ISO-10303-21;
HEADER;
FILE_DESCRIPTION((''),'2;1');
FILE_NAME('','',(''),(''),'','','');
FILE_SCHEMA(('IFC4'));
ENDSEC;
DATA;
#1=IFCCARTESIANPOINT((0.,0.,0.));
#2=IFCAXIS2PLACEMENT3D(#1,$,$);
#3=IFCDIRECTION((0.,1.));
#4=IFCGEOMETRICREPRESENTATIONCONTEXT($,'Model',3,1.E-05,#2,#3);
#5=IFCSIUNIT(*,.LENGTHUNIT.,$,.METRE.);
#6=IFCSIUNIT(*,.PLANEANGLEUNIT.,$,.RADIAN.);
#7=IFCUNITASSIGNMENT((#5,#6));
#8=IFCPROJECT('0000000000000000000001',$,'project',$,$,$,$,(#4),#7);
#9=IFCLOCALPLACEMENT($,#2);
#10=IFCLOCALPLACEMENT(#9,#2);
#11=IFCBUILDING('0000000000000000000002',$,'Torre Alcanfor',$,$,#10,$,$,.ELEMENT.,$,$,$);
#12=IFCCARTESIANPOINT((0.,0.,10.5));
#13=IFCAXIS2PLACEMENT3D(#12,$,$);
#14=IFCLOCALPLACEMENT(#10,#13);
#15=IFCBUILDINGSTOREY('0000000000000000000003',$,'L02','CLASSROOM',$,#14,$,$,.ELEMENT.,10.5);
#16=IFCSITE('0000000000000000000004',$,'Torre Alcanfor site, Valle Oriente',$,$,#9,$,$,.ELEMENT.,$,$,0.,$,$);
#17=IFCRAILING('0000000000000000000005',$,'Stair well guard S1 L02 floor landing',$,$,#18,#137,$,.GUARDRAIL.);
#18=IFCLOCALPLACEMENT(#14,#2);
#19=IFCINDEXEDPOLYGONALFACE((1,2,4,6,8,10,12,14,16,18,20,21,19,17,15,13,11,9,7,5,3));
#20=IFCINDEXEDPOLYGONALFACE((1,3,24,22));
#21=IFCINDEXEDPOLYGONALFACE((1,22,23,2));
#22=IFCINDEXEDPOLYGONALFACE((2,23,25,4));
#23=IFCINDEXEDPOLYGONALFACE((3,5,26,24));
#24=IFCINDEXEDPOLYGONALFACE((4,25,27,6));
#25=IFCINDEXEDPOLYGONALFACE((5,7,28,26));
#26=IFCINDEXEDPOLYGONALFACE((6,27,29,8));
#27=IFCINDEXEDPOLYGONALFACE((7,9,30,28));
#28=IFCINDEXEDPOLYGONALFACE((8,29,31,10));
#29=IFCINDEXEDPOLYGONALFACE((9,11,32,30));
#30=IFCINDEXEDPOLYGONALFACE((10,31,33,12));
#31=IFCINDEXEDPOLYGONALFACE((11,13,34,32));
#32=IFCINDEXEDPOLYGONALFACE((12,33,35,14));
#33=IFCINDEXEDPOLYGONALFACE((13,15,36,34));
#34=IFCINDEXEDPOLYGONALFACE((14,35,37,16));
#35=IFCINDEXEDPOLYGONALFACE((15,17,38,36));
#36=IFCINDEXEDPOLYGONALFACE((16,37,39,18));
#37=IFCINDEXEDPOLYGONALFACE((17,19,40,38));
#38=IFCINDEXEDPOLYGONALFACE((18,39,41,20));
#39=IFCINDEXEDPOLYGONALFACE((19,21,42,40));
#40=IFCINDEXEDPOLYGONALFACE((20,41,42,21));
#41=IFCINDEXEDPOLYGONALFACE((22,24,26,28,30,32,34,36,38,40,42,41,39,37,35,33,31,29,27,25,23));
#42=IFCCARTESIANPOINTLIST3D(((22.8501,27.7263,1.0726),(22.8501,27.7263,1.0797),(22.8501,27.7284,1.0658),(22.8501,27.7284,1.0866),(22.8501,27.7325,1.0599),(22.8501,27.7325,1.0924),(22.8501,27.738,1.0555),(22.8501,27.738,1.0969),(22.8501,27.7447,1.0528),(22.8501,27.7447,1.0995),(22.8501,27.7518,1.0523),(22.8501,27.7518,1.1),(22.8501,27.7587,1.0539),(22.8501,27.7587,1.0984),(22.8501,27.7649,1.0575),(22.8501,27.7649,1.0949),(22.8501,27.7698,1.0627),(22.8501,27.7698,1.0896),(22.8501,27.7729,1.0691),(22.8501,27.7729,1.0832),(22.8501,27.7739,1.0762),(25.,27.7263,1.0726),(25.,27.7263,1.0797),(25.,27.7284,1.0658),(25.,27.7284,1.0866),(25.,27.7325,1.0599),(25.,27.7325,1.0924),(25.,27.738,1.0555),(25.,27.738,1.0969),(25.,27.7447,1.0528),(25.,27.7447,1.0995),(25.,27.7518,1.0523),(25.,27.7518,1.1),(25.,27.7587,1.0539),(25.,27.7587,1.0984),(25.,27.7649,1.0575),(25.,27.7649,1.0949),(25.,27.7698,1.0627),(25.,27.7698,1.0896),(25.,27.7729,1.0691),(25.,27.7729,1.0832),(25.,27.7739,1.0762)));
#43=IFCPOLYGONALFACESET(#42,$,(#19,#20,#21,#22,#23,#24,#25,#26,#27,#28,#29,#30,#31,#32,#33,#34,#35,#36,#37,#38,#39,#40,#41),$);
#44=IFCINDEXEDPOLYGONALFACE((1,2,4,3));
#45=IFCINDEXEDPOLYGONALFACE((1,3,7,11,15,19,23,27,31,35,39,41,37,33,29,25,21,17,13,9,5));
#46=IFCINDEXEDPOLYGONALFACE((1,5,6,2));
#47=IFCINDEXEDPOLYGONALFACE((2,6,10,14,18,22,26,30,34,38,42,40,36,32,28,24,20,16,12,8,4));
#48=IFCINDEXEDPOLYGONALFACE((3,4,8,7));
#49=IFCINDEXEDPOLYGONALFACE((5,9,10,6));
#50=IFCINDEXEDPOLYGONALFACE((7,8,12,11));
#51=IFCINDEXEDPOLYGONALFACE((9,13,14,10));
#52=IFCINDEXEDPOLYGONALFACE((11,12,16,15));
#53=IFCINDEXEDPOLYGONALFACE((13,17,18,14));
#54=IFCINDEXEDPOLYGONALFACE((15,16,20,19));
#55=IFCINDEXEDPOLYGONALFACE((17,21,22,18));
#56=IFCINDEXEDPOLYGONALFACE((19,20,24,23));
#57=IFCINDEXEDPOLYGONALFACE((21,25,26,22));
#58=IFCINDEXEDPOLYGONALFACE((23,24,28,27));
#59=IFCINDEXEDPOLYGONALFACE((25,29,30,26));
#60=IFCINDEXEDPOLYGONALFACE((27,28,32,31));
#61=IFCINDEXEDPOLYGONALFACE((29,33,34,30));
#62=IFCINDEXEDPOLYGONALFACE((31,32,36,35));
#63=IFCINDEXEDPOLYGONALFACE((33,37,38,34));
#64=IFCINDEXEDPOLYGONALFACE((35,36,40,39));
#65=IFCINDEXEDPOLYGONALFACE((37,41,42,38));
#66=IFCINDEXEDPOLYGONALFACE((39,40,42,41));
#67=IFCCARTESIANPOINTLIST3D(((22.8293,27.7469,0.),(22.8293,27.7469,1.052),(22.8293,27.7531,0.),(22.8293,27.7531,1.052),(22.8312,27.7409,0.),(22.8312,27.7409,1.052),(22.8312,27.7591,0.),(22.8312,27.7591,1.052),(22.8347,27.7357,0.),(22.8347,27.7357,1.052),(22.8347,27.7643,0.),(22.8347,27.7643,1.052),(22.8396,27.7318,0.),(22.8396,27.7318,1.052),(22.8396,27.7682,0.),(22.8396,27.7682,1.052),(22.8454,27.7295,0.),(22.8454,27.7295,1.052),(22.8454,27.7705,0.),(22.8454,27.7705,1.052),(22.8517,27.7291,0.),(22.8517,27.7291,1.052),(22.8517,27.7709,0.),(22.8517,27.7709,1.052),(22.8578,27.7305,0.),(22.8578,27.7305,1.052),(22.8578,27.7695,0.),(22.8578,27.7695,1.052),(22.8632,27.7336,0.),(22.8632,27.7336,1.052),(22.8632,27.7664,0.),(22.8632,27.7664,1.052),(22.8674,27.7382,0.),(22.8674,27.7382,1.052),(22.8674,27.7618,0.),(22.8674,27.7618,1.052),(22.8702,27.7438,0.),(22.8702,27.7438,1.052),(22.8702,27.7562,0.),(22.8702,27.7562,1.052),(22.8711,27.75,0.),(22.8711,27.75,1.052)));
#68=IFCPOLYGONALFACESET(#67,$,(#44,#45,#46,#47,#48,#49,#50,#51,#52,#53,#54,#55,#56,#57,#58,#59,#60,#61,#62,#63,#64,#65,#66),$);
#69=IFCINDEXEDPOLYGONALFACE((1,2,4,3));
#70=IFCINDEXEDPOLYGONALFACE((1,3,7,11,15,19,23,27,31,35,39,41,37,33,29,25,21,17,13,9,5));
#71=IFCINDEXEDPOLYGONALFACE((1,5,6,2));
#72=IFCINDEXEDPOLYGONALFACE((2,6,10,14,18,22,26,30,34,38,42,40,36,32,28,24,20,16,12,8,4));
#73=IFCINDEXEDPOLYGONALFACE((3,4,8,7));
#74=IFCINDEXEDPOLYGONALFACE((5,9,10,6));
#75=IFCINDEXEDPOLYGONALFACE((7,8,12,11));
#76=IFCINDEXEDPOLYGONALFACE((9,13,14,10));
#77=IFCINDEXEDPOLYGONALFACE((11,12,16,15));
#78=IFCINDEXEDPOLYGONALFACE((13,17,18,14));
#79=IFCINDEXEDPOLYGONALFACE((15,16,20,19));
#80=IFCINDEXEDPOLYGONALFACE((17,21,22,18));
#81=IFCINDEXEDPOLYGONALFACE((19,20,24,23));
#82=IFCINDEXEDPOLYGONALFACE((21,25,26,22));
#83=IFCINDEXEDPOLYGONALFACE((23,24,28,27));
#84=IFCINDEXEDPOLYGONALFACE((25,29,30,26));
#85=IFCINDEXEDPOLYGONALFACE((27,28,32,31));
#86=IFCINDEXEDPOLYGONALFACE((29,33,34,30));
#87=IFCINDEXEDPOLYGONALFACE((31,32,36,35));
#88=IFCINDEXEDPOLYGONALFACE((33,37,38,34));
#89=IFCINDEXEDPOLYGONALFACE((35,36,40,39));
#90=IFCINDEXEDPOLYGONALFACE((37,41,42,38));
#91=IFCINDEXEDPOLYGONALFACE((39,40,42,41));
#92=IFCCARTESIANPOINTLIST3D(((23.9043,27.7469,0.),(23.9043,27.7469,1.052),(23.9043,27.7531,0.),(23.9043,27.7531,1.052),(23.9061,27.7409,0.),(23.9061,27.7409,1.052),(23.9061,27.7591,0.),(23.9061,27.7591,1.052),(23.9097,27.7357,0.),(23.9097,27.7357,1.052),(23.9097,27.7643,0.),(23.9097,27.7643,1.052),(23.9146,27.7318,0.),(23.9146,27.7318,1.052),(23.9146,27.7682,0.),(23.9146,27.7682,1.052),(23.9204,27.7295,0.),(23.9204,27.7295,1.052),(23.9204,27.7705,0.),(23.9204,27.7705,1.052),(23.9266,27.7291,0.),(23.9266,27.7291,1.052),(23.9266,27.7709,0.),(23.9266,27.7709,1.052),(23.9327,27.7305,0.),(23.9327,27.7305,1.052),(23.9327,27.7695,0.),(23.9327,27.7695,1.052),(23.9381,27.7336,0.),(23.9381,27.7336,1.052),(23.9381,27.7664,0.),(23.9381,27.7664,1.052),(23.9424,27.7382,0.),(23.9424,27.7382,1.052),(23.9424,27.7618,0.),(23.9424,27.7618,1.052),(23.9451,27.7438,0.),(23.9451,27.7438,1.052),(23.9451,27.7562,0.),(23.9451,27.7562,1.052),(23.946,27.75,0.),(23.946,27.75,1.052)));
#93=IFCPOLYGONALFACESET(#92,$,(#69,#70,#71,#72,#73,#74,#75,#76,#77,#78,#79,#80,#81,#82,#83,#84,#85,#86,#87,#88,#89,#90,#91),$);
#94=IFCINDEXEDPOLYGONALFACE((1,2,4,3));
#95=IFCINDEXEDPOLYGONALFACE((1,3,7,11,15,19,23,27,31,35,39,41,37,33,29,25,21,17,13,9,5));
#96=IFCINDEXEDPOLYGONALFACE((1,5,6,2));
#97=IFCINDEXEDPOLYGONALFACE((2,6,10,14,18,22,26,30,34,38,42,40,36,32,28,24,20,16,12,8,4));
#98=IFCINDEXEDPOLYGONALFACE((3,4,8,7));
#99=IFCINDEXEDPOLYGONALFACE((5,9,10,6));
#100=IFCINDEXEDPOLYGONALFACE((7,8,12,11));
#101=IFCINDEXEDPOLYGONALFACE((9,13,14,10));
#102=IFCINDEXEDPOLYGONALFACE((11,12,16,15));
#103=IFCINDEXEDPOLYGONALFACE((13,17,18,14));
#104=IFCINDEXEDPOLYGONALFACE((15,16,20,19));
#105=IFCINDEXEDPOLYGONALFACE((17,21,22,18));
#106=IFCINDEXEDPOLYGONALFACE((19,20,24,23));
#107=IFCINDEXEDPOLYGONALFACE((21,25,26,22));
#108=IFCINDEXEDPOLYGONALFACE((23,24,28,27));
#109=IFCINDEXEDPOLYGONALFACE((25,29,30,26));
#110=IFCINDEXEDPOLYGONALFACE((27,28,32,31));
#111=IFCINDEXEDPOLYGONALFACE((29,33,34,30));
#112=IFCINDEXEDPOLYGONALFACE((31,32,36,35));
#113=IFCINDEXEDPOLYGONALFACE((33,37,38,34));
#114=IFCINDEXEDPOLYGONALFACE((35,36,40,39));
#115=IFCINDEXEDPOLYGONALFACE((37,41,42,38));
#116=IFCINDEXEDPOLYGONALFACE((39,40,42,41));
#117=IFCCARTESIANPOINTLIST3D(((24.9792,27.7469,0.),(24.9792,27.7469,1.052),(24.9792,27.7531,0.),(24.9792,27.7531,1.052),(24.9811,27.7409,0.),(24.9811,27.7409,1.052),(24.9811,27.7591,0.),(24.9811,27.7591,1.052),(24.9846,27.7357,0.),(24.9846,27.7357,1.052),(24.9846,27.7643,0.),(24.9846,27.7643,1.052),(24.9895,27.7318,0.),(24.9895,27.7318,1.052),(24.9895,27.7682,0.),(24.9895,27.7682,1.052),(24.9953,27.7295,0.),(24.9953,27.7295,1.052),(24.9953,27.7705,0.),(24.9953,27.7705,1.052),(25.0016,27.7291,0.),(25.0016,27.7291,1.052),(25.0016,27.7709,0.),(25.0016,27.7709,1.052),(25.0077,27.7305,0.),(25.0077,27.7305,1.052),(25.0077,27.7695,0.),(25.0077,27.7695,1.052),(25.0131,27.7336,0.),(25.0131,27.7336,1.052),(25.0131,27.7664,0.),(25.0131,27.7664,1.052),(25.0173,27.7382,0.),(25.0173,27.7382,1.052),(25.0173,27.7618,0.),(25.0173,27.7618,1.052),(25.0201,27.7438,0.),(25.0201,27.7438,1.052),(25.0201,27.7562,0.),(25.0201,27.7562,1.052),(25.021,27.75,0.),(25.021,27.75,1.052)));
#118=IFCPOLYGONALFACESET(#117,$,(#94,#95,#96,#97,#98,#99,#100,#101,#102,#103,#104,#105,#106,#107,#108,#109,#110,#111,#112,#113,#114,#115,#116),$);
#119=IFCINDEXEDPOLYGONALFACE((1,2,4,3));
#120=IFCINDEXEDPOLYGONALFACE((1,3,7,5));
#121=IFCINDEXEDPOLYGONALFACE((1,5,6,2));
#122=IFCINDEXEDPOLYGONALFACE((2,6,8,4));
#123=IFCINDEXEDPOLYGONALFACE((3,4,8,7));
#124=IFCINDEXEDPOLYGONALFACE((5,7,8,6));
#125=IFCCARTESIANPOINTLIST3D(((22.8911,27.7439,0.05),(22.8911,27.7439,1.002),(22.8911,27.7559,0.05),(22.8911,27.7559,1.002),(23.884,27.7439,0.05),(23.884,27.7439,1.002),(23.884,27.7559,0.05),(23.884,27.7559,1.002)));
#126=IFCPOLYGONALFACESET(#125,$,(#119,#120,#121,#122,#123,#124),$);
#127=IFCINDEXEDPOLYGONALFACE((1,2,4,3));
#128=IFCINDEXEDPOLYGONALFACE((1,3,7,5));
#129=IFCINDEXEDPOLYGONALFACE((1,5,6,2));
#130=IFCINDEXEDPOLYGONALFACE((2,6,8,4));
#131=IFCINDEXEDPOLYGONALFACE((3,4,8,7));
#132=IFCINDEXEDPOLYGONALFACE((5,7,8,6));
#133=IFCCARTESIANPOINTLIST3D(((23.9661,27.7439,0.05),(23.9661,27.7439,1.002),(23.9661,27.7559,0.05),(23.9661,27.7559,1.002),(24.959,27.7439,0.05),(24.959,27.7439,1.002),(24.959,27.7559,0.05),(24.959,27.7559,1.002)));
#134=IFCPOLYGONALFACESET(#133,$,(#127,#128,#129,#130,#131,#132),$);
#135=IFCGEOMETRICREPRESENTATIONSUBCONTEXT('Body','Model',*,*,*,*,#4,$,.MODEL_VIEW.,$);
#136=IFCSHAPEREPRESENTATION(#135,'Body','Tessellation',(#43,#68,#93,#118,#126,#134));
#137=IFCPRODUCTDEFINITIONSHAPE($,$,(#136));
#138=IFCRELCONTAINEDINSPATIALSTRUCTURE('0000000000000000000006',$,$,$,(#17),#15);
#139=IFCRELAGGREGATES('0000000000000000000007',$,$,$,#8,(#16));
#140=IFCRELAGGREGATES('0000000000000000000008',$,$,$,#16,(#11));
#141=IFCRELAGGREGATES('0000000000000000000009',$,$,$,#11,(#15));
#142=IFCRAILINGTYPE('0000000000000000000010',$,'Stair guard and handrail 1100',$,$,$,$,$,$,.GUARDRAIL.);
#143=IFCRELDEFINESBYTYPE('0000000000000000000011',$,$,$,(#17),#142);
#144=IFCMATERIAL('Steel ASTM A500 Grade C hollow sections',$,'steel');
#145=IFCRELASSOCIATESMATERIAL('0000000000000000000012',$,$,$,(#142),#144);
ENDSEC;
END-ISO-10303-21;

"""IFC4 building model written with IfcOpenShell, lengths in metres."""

from ifc_helpers import new_model, si_unit, direction, frame, origin, origin_2d, place, context, subcontext, project, spatial, polyline, circle, outline, extrude, material, type_object, element, save


model = new_model("IFC4")

# Units and contexts
model_context = context("Model", 3, precision=1e-05, world=origin(), true_north=direction((0.0, 1.0)))
body_context = subcontext(model_context, "Body", "Model", "MODEL_VIEW")
ifc_project = project(units=[si_unit("LENGTHUNIT", "METRE"), si_unit("PLANEANGLEUNIT", "RADIAN")], contexts=[model_context])

# Site, building, storey
site_placement = place(None, origin())
site = spatial("IfcSite", under=ifc_project, at=site_placement, Name="Torre Alcanfor site, Valle Oriente", CompositionType="ELEMENT", RefElevation=0.0)
building_placement = place(site_placement, origin())
building = spatial("IfcBuilding", under=site, at=building_placement, Name="Torre Alcanfor", CompositionType="ELEMENT")
storey_placement = place(building_placement, frame((0.0, 0.0, 10.5)))
storey = spatial("IfcBuildingStorey", under=building, at=storey_placement, Name="L02", Description="CLASSROOM", CompositionType="ELEMENT", Elevation=10.5)

# Railing
ifc_material_1 = material(Name="Steel ASTM A500 Grade C hollow sections", Category="steel")
railing_type_1 = type_object("IfcRailingType", Name="Stair guard and handrail 1100", PredefinedType="GUARDRAIL", material=ifc_material_1)
for number, where, name in (
    (1, (22.8501, 27.75, 0.0), "Stair well guard S1 L02 floor landing"),
):
    element("IfcRailing", number, at=place(storey_placement, frame(where)), inside=storey, type_object=railing_type_1, Name=name, PredefinedType="GUARDRAIL", context=body_context, shape_type="SweptSolid", body=[
        extrude(circle(Radius=0.0239, at=origin_2d()), frame((0.0, 0.0, 1.0762), z_axis=(1.0, 0.0, 0.0), x_axis=(0.0, 1.0, 0.0)), (0.0, 0.0, 1.0), 2.1499),
        extrude(circle(Radius=0.021, at=origin_2d()), origin(), (0.0, 0.0, 1.0), 1.052),
        extrude(circle(Radius=0.021, at=origin_2d()), frame((1.075, 0.0, 0.0)), (0.0, 0.0, 1.0), 1.052),
        extrude(circle(Radius=0.021, at=origin_2d()), frame((2.1499, 0.0, 0.0)), (0.0, 0.0, 1.0), 1.052),
        extrude(outline(polyline([(0.041, 0.05), (1.0339, 0.05), (1.0339, 1.002), (0.041, 1.002), (0.041, 0.05)])), frame((0.0, 0.0059, 0.0), z_axis=(0.0, -1.0, 0.0), x_axis=(1.0, 0.0, 0.0)), (0.0, 0.0, 1.0), 0.012),
        extrude(outline(polyline([(1.116, 0.05), (2.1089, 0.05), (2.1089, 1.002), (1.116, 1.002), (1.116, 0.05)])), frame((0.0, 0.0059, 0.0), z_axis=(0.0, -1.0, 0.0), x_axis=(1.0, 0.0, 0.0)), (0.0, 0.0, 1.0), 0.012),
    ])

save(model, "model.ifc")
